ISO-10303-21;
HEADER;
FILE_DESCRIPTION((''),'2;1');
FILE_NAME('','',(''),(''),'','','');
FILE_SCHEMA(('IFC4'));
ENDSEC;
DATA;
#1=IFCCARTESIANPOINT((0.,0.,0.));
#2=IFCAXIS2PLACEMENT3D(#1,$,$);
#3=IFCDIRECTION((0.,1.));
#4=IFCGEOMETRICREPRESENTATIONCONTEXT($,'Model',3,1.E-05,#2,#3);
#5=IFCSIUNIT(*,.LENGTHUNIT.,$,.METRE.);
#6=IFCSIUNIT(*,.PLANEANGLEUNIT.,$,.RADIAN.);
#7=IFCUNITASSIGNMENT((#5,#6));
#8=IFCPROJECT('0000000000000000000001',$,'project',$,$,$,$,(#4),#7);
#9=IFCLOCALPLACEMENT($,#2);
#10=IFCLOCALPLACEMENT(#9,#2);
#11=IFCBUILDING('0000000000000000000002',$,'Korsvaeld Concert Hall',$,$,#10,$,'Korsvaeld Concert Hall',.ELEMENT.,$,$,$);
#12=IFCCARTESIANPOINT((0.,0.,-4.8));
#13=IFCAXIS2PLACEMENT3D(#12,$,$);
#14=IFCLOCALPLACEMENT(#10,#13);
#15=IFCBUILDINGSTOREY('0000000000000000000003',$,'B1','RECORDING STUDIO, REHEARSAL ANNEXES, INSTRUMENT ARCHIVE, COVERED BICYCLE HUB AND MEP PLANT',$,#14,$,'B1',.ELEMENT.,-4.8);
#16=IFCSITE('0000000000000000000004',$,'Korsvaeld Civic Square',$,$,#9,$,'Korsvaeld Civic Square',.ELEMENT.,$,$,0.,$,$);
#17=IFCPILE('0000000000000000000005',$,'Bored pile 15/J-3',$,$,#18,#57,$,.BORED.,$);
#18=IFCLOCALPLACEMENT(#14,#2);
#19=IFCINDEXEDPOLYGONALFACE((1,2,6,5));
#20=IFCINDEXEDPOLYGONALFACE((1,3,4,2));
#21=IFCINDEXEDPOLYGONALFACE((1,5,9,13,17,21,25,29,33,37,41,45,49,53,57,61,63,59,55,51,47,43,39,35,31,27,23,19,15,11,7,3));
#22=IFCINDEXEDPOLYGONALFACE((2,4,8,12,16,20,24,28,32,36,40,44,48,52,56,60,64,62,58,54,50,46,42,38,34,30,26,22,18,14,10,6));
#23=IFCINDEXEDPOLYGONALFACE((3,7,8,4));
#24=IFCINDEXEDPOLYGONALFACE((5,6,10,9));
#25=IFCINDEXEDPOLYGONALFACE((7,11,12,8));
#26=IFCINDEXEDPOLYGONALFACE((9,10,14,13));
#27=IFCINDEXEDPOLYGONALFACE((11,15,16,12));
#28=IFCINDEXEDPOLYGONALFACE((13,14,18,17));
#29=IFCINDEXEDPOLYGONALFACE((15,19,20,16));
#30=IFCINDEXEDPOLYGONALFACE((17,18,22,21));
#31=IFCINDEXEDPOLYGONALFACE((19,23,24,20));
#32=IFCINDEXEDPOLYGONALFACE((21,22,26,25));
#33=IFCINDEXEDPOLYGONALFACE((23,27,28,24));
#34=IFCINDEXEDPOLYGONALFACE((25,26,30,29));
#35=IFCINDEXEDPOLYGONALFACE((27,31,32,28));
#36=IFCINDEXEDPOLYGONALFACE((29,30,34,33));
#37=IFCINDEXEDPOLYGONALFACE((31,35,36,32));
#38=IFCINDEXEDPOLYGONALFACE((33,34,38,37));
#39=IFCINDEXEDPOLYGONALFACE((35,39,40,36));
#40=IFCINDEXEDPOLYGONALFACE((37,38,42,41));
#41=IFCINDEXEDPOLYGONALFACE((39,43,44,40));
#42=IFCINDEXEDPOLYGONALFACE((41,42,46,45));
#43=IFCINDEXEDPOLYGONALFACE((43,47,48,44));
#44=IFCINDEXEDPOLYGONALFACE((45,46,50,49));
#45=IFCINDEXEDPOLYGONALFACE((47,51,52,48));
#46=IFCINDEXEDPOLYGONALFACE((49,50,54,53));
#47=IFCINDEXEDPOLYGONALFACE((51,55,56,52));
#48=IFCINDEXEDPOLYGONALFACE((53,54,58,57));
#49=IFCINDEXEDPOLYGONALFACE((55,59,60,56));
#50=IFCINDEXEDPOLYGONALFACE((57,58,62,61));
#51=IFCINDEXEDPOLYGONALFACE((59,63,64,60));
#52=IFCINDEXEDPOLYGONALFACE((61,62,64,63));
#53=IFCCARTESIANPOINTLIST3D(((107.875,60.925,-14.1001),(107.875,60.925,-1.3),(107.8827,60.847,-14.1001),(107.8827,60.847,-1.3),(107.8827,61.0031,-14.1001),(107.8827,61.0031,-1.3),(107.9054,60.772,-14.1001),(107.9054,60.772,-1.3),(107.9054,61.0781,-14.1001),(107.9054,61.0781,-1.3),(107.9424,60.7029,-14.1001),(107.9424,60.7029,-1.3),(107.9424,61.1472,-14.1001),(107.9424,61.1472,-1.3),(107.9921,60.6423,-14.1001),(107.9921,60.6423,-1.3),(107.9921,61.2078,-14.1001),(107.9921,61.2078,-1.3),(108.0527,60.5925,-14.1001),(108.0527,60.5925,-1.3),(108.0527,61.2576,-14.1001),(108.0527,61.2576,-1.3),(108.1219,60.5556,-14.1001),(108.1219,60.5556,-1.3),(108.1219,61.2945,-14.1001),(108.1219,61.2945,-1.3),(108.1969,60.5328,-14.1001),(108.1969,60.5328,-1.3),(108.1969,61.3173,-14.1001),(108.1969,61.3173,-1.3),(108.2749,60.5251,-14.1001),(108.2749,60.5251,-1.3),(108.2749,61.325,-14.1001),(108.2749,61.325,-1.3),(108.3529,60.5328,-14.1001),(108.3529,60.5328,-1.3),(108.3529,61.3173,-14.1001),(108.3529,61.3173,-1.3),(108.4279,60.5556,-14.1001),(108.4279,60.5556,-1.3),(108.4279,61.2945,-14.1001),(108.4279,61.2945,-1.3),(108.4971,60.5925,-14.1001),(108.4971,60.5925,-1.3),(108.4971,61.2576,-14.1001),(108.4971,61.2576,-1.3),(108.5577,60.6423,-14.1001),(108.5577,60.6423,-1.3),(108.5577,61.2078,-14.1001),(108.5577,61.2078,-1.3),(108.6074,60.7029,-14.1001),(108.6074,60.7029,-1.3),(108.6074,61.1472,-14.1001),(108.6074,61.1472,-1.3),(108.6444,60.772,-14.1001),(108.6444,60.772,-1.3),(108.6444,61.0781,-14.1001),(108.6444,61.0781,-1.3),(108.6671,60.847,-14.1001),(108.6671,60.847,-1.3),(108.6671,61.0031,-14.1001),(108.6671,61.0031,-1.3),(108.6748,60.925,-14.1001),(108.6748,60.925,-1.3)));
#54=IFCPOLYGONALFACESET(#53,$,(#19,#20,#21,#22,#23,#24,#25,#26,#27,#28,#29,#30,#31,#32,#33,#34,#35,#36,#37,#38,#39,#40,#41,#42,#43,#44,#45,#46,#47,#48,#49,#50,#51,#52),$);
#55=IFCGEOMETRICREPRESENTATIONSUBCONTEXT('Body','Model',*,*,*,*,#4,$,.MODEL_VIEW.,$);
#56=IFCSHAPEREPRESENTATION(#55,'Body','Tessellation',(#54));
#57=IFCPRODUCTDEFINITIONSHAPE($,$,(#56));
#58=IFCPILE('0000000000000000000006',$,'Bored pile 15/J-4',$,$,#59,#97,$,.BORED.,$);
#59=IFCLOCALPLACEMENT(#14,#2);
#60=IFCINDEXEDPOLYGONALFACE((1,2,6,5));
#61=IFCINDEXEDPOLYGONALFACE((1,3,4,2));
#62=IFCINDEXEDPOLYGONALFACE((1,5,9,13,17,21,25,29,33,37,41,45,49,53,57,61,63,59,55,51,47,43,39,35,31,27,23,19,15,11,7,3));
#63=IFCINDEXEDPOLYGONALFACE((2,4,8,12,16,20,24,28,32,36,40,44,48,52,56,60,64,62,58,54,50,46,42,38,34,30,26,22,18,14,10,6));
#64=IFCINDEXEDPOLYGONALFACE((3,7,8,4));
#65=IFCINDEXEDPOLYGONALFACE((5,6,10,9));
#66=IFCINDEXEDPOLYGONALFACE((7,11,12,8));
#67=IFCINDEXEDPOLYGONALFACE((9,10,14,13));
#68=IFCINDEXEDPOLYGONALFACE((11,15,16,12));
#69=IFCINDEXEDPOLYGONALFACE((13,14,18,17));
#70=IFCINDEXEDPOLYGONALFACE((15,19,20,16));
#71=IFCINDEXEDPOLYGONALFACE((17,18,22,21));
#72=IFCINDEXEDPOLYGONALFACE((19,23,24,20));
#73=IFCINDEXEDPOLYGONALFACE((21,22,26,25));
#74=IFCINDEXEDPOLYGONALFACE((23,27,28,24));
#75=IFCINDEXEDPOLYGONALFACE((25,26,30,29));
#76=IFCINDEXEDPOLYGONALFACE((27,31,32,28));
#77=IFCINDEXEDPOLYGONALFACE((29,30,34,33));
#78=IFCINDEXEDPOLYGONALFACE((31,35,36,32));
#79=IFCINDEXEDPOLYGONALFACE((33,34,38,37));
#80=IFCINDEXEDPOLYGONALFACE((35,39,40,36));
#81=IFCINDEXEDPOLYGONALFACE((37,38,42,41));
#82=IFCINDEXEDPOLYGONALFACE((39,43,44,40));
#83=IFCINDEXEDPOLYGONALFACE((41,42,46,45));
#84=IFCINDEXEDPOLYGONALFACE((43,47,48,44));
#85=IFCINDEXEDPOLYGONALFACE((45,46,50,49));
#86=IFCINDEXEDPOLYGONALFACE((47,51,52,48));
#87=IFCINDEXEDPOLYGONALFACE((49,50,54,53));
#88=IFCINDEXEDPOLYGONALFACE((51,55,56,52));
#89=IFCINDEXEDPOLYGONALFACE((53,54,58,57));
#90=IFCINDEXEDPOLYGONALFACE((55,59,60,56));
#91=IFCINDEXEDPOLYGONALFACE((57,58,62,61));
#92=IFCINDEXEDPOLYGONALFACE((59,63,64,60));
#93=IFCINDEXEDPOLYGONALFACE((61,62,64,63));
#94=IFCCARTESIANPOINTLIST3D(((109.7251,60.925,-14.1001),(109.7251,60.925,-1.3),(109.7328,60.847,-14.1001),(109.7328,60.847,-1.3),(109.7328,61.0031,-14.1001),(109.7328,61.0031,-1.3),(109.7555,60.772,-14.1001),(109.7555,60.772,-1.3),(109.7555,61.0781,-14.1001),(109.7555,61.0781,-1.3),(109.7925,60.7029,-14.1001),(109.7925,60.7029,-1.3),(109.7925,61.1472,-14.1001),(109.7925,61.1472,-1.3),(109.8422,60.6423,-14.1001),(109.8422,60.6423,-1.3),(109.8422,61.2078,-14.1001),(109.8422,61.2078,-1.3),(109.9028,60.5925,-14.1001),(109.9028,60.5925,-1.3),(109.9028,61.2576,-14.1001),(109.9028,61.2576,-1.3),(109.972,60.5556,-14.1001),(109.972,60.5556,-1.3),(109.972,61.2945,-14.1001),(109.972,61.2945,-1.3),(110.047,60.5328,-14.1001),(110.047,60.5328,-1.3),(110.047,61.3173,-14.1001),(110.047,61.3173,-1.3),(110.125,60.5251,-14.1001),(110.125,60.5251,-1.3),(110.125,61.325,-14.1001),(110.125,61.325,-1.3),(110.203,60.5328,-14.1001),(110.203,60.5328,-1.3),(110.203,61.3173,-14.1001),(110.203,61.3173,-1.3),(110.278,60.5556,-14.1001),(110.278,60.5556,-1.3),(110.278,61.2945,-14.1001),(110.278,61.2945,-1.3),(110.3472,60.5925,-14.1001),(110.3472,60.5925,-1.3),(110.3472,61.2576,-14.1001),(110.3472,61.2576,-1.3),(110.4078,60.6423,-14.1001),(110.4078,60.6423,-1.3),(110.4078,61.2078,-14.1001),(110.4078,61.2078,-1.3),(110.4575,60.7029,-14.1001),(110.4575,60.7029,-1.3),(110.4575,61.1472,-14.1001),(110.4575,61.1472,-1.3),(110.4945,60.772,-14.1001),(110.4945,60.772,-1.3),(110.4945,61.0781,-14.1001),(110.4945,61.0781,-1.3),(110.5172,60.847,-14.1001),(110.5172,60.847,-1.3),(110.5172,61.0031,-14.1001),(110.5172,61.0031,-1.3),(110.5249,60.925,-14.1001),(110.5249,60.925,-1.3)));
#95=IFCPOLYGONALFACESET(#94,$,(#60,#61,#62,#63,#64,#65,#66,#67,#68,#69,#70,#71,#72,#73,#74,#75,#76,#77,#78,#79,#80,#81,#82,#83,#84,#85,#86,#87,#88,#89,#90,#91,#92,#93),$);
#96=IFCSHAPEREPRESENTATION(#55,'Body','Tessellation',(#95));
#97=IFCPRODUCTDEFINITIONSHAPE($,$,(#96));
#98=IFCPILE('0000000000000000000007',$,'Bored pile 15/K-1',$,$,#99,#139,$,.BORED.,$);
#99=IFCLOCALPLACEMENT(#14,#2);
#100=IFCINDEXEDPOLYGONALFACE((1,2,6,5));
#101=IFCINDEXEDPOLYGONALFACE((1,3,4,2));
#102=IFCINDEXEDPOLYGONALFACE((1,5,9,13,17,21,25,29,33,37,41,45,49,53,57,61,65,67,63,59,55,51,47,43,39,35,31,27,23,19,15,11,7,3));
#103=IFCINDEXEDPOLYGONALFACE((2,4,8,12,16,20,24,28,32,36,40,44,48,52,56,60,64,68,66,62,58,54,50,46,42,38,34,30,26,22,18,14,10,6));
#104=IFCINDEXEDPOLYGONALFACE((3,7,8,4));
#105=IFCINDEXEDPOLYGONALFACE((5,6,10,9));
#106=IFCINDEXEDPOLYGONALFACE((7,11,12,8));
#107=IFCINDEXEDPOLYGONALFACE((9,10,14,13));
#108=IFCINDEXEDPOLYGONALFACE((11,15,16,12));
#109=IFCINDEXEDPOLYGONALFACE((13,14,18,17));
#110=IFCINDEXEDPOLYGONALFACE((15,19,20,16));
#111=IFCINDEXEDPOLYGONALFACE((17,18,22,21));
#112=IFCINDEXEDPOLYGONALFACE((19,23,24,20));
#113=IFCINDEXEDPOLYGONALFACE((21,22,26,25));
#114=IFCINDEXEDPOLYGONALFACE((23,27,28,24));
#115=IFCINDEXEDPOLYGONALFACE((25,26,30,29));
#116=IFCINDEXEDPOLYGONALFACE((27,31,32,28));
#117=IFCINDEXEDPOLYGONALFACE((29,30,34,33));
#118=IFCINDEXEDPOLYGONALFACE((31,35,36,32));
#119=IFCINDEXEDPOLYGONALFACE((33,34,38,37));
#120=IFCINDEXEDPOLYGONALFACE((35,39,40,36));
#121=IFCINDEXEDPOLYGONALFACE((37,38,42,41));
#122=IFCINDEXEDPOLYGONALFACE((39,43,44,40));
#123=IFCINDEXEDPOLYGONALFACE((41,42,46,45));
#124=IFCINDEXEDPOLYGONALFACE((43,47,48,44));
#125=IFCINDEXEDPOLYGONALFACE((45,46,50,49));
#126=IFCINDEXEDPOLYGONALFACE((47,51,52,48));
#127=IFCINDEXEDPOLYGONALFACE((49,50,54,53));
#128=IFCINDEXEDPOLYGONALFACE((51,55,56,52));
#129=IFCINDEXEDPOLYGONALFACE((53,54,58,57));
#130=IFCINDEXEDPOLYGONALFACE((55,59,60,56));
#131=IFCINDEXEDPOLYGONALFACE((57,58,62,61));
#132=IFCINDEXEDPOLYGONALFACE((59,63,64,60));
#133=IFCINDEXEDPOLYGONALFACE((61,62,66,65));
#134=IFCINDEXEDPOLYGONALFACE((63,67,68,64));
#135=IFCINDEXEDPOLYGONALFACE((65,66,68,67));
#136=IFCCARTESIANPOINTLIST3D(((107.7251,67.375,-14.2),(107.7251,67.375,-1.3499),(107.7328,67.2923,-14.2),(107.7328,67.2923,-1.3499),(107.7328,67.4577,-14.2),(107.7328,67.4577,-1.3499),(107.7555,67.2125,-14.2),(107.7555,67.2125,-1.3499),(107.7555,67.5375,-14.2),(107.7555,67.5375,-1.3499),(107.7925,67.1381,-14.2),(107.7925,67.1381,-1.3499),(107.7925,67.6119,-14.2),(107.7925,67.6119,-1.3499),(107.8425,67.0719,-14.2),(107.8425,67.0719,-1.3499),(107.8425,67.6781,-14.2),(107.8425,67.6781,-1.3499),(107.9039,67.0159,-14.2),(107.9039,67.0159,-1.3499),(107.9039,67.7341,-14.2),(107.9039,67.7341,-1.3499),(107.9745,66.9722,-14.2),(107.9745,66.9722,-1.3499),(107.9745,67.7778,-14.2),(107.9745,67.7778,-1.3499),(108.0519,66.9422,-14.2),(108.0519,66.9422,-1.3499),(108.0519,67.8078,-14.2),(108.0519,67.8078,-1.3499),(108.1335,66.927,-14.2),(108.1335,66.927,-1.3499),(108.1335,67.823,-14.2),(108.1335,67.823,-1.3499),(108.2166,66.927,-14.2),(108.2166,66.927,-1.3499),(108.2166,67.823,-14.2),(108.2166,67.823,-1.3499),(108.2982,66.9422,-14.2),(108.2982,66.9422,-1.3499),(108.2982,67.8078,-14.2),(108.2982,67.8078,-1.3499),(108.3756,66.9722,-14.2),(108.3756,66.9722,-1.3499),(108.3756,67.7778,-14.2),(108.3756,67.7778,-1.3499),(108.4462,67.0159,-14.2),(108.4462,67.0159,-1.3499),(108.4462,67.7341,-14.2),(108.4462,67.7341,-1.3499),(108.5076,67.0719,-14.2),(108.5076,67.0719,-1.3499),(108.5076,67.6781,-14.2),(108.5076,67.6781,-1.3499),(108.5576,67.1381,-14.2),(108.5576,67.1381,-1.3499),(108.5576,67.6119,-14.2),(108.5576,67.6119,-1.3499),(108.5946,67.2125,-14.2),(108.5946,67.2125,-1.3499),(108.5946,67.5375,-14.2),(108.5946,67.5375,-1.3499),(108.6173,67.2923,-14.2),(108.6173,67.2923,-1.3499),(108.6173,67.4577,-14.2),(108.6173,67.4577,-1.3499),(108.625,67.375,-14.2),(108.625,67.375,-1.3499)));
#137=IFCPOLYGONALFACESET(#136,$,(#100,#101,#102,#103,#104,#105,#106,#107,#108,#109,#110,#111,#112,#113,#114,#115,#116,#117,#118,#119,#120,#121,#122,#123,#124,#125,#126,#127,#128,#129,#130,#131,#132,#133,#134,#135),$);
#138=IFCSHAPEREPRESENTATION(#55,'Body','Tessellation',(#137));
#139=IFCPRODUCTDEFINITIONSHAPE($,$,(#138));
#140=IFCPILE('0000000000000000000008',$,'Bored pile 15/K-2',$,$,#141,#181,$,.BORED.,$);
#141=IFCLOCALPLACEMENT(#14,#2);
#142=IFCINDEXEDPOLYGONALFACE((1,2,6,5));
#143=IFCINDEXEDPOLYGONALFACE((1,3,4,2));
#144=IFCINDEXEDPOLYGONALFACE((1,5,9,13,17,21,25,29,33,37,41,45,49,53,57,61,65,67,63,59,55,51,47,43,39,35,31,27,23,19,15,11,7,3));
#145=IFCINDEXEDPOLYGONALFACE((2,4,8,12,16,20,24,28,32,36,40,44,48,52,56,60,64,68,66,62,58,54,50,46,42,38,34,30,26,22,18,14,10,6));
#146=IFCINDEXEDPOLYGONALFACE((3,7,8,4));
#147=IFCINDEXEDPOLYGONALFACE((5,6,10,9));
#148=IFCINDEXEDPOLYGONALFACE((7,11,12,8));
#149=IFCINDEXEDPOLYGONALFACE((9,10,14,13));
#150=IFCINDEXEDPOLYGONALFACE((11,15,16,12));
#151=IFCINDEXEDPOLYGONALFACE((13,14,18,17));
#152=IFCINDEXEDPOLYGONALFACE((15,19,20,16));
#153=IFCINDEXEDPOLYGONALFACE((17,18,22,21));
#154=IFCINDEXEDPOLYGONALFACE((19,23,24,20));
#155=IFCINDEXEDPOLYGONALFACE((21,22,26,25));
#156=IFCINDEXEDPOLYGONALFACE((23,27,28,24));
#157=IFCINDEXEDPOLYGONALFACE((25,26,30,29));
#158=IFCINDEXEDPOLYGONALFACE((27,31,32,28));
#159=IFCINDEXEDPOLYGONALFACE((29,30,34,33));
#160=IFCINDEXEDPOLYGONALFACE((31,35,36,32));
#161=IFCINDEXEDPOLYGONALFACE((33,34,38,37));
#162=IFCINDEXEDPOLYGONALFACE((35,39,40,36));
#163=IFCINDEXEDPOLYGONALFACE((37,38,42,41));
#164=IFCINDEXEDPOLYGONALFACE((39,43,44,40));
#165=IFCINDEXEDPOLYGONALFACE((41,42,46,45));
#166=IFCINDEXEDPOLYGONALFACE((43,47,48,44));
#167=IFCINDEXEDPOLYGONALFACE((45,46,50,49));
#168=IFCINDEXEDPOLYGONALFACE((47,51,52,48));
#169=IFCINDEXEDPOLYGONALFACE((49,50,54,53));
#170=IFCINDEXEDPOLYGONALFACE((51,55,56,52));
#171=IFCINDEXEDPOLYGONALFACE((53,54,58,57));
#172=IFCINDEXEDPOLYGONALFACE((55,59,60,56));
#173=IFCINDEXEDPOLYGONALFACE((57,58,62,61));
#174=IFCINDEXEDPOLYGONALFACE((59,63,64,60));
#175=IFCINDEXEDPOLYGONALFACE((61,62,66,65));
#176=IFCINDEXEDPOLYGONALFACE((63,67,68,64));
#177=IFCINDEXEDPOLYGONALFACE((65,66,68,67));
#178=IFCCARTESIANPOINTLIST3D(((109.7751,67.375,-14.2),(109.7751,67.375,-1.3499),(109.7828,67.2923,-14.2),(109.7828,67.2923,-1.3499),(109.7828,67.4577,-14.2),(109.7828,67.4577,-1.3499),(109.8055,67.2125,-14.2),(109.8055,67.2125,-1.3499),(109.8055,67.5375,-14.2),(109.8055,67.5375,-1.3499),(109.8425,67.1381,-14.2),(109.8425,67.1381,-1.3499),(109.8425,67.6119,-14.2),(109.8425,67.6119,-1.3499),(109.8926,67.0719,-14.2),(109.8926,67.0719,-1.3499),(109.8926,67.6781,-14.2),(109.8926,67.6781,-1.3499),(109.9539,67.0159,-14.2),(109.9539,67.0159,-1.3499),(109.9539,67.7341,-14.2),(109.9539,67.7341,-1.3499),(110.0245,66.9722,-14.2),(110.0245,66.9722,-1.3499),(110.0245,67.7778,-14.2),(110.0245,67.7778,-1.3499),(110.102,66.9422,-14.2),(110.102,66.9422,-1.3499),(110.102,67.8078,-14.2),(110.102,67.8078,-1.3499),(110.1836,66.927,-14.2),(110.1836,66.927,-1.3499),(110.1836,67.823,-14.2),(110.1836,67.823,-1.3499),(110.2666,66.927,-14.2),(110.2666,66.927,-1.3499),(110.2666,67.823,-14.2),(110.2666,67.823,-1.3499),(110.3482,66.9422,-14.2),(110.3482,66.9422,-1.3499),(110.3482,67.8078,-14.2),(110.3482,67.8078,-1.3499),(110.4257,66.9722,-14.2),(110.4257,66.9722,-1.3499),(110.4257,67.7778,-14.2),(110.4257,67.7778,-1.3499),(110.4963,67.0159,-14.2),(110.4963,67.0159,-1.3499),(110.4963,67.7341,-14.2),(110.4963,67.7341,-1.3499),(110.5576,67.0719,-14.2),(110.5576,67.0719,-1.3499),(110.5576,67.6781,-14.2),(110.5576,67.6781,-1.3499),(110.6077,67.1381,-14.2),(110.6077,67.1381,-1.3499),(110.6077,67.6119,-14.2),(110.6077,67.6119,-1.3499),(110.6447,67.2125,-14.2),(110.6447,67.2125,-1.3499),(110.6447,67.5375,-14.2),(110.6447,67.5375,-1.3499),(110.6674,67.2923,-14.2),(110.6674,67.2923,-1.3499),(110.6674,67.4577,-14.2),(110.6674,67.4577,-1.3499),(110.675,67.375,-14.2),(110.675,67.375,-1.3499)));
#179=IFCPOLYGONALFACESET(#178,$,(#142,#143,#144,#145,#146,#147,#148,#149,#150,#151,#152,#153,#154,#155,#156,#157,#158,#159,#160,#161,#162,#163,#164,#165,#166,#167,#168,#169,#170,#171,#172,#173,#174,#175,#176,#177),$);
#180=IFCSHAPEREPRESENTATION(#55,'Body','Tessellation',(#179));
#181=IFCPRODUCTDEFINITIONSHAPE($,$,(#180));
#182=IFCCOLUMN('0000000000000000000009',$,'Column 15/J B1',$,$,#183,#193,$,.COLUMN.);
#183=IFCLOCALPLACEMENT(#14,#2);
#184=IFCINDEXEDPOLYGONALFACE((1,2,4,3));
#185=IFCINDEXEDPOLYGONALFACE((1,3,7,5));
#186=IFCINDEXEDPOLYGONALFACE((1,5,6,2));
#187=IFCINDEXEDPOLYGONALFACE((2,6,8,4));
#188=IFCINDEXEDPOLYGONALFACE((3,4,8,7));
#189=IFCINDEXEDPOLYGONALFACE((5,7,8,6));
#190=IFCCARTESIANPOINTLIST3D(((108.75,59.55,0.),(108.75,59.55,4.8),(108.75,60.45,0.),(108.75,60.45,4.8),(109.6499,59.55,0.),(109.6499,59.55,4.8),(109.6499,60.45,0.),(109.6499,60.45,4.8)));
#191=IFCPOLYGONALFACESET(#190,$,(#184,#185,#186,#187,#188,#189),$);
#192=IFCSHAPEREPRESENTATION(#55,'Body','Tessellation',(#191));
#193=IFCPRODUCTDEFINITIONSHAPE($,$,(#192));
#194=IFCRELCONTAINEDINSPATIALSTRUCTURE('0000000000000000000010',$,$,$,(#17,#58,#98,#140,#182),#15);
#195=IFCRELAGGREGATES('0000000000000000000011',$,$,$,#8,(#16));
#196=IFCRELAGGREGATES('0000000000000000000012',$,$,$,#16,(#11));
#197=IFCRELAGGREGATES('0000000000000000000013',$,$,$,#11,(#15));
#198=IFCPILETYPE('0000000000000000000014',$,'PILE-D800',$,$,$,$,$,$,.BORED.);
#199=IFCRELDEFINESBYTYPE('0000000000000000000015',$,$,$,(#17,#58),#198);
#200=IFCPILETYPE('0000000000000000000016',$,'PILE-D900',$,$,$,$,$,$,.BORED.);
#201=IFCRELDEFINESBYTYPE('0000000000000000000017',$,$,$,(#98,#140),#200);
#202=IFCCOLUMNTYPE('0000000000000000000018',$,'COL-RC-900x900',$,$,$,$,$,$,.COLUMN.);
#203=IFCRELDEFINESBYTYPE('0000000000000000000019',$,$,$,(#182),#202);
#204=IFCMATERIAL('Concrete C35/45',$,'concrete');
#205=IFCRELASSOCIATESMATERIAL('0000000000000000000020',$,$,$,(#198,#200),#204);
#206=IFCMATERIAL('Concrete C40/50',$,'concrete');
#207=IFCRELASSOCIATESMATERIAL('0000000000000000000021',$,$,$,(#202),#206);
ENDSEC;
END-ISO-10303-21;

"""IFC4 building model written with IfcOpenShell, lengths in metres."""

from ifc_helpers import new_model, si_unit, direction, frame, origin, origin_2d, place, context, subcontext, project, spatial, rectangle, circle, extrude, material, material_profile, profile_set, type_object, element, save


model = new_model("IFC4")

# Units and contexts
model_context = context("Model", 3, precision=1e-05, world=origin(), true_north=direction((0.0, 1.0)))
body_context = subcontext(model_context, "Body", "Model", "MODEL_VIEW")
ifc_project = project(units=[si_unit("LENGTHUNIT", "METRE"), si_unit("PLANEANGLEUNIT", "RADIAN")], contexts=[model_context])

# Site, building, storey
site_placement = place(None, origin())
site = spatial("IfcSite", under=ifc_project, at=site_placement, Name="Korsvaeld Civic Square", LongName="Korsvaeld Civic Square", CompositionType="ELEMENT", RefElevation=0.0)
building_placement = place(site_placement, origin())
building = spatial("IfcBuilding", under=site, at=building_placement, Name="Korsvaeld Concert Hall", LongName="Korsvaeld Concert Hall", CompositionType="ELEMENT")
storey_placement = place(building_placement, frame((0.0, 0.0, -4.8)))
storey = spatial("IfcBuildingStorey", under=building, at=storey_placement, Name="B1", Description="RECORDING STUDIO, REHEARSAL ANNEXES, INSTRUMENT ARCHIVE, COVERED BICYCLE HUB AND MEP PLANT", LongName="B1", CompositionType="ELEMENT", Elevation=-4.8)

# Shared definitions
ifc_material_1 = material(Name="Concrete C35/45", Category="concrete")

# Piles
ifc_material_2 = material(Name="Concrete C40/50", Category="concrete")
ifc_material_profile_1 = material_profile(ifc_material_1, circle(Radius=0.3999, at=origin_2d()), Name="BORED PILE D800")
ifc_profile_set_1 = profile_set([ifc_material_profile_1], Name="Concrete C35/45")
pile_type_1 = type_object("IfcPileType", Name="PILE-D800", PredefinedType="BORED", material=ifc_profile_set_1)
for number, where, z_axis, x_axis, name in (
    (1, (108.2749, 60.925, -1.3), (0.0, 0.0, -1.0), (1.0, 0.0, 0.0), "Bored pile 15/J-3"),
    (2, (110.125, 60.925, -1.3), (0.0, 0.0, -1.0), (1.0, 0.0, 0.0), "Bored pile 15/J-4"),
):
    element("IfcPile", number, at=place(storey_placement, frame(where, z_axis=z_axis, x_axis=x_axis)), inside=storey, type_object=pile_type_1, Name=name, PredefinedType="BORED", context=body_context, shape_type="SweptSolid", body=[
        extrude(circle(Radius=0.3999, at=origin_2d()), origin(), (0.0, 0.0, 1.0), 12.8),
    ])
ifc_material_profile_2 = material_profile(ifc_material_1, circle(Radius=0.45, at=origin_2d()), Name="BORED PILE D900")
ifc_profile_set_2 = profile_set([ifc_material_profile_2], Name="Concrete C35/45")
pile_type_2 = type_object("IfcPileType", Name="PILE-D900", PredefinedType="BORED", material=ifc_profile_set_2)
for number, where, z_axis, x_axis, name in (
    (3, (108.175, 67.375, -1.3499), (0.0, 0.0, -1.0), (1.0, 0.0, 0.0), "Bored pile 15/K-1"),
    (4, (110.2251, 67.375, -1.3499), (0.0, 0.0, -1.0), (1.0, 0.0, 0.0), "Bored pile 15/K-2"),
):
    element("IfcPile", number, at=place(storey_placement, frame(where, z_axis=z_axis, x_axis=x_axis)), inside=storey, type_object=pile_type_2, Name=name, PredefinedType="BORED", context=body_context, shape_type="SweptSolid", body=[
        extrude(circle(Radius=0.45, at=origin_2d()), origin(), (0.0, 0.0, 1.0), 12.8501),
    ])

# Column
ifc_material_profile_3 = material_profile(ifc_material_2, rectangle(XDim=0.8999, YDim=0.8999, at=origin_2d()), Name="RC 900x900")
ifc_profile_set_3 = profile_set([ifc_material_profile_3], Name="Concrete C40/50")
column_type_1 = type_object("IfcColumnType", Name="COL-RC-900x900", PredefinedType="COLUMN", material=ifc_profile_set_3)
column_1_placement = place(storey_placement, frame((109.2, 60.0, 0.0), z_axis=(0.0, 0.0, 1.0), x_axis=(1.0, 0.0, 0.0)))
element("IfcColumn", 5, at=column_1_placement, inside=storey, type_object=column_type_1, Name="Column 15/J B1", PredefinedType="COLUMN", context=body_context, shape_type="SweptSolid", body=[
    extrude(rectangle(XDim=0.8999, YDim=0.8999, at=origin_2d()), origin(), (0.0, 0.0, 1.0), 4.8),
])

save(model, "model.ifc")
